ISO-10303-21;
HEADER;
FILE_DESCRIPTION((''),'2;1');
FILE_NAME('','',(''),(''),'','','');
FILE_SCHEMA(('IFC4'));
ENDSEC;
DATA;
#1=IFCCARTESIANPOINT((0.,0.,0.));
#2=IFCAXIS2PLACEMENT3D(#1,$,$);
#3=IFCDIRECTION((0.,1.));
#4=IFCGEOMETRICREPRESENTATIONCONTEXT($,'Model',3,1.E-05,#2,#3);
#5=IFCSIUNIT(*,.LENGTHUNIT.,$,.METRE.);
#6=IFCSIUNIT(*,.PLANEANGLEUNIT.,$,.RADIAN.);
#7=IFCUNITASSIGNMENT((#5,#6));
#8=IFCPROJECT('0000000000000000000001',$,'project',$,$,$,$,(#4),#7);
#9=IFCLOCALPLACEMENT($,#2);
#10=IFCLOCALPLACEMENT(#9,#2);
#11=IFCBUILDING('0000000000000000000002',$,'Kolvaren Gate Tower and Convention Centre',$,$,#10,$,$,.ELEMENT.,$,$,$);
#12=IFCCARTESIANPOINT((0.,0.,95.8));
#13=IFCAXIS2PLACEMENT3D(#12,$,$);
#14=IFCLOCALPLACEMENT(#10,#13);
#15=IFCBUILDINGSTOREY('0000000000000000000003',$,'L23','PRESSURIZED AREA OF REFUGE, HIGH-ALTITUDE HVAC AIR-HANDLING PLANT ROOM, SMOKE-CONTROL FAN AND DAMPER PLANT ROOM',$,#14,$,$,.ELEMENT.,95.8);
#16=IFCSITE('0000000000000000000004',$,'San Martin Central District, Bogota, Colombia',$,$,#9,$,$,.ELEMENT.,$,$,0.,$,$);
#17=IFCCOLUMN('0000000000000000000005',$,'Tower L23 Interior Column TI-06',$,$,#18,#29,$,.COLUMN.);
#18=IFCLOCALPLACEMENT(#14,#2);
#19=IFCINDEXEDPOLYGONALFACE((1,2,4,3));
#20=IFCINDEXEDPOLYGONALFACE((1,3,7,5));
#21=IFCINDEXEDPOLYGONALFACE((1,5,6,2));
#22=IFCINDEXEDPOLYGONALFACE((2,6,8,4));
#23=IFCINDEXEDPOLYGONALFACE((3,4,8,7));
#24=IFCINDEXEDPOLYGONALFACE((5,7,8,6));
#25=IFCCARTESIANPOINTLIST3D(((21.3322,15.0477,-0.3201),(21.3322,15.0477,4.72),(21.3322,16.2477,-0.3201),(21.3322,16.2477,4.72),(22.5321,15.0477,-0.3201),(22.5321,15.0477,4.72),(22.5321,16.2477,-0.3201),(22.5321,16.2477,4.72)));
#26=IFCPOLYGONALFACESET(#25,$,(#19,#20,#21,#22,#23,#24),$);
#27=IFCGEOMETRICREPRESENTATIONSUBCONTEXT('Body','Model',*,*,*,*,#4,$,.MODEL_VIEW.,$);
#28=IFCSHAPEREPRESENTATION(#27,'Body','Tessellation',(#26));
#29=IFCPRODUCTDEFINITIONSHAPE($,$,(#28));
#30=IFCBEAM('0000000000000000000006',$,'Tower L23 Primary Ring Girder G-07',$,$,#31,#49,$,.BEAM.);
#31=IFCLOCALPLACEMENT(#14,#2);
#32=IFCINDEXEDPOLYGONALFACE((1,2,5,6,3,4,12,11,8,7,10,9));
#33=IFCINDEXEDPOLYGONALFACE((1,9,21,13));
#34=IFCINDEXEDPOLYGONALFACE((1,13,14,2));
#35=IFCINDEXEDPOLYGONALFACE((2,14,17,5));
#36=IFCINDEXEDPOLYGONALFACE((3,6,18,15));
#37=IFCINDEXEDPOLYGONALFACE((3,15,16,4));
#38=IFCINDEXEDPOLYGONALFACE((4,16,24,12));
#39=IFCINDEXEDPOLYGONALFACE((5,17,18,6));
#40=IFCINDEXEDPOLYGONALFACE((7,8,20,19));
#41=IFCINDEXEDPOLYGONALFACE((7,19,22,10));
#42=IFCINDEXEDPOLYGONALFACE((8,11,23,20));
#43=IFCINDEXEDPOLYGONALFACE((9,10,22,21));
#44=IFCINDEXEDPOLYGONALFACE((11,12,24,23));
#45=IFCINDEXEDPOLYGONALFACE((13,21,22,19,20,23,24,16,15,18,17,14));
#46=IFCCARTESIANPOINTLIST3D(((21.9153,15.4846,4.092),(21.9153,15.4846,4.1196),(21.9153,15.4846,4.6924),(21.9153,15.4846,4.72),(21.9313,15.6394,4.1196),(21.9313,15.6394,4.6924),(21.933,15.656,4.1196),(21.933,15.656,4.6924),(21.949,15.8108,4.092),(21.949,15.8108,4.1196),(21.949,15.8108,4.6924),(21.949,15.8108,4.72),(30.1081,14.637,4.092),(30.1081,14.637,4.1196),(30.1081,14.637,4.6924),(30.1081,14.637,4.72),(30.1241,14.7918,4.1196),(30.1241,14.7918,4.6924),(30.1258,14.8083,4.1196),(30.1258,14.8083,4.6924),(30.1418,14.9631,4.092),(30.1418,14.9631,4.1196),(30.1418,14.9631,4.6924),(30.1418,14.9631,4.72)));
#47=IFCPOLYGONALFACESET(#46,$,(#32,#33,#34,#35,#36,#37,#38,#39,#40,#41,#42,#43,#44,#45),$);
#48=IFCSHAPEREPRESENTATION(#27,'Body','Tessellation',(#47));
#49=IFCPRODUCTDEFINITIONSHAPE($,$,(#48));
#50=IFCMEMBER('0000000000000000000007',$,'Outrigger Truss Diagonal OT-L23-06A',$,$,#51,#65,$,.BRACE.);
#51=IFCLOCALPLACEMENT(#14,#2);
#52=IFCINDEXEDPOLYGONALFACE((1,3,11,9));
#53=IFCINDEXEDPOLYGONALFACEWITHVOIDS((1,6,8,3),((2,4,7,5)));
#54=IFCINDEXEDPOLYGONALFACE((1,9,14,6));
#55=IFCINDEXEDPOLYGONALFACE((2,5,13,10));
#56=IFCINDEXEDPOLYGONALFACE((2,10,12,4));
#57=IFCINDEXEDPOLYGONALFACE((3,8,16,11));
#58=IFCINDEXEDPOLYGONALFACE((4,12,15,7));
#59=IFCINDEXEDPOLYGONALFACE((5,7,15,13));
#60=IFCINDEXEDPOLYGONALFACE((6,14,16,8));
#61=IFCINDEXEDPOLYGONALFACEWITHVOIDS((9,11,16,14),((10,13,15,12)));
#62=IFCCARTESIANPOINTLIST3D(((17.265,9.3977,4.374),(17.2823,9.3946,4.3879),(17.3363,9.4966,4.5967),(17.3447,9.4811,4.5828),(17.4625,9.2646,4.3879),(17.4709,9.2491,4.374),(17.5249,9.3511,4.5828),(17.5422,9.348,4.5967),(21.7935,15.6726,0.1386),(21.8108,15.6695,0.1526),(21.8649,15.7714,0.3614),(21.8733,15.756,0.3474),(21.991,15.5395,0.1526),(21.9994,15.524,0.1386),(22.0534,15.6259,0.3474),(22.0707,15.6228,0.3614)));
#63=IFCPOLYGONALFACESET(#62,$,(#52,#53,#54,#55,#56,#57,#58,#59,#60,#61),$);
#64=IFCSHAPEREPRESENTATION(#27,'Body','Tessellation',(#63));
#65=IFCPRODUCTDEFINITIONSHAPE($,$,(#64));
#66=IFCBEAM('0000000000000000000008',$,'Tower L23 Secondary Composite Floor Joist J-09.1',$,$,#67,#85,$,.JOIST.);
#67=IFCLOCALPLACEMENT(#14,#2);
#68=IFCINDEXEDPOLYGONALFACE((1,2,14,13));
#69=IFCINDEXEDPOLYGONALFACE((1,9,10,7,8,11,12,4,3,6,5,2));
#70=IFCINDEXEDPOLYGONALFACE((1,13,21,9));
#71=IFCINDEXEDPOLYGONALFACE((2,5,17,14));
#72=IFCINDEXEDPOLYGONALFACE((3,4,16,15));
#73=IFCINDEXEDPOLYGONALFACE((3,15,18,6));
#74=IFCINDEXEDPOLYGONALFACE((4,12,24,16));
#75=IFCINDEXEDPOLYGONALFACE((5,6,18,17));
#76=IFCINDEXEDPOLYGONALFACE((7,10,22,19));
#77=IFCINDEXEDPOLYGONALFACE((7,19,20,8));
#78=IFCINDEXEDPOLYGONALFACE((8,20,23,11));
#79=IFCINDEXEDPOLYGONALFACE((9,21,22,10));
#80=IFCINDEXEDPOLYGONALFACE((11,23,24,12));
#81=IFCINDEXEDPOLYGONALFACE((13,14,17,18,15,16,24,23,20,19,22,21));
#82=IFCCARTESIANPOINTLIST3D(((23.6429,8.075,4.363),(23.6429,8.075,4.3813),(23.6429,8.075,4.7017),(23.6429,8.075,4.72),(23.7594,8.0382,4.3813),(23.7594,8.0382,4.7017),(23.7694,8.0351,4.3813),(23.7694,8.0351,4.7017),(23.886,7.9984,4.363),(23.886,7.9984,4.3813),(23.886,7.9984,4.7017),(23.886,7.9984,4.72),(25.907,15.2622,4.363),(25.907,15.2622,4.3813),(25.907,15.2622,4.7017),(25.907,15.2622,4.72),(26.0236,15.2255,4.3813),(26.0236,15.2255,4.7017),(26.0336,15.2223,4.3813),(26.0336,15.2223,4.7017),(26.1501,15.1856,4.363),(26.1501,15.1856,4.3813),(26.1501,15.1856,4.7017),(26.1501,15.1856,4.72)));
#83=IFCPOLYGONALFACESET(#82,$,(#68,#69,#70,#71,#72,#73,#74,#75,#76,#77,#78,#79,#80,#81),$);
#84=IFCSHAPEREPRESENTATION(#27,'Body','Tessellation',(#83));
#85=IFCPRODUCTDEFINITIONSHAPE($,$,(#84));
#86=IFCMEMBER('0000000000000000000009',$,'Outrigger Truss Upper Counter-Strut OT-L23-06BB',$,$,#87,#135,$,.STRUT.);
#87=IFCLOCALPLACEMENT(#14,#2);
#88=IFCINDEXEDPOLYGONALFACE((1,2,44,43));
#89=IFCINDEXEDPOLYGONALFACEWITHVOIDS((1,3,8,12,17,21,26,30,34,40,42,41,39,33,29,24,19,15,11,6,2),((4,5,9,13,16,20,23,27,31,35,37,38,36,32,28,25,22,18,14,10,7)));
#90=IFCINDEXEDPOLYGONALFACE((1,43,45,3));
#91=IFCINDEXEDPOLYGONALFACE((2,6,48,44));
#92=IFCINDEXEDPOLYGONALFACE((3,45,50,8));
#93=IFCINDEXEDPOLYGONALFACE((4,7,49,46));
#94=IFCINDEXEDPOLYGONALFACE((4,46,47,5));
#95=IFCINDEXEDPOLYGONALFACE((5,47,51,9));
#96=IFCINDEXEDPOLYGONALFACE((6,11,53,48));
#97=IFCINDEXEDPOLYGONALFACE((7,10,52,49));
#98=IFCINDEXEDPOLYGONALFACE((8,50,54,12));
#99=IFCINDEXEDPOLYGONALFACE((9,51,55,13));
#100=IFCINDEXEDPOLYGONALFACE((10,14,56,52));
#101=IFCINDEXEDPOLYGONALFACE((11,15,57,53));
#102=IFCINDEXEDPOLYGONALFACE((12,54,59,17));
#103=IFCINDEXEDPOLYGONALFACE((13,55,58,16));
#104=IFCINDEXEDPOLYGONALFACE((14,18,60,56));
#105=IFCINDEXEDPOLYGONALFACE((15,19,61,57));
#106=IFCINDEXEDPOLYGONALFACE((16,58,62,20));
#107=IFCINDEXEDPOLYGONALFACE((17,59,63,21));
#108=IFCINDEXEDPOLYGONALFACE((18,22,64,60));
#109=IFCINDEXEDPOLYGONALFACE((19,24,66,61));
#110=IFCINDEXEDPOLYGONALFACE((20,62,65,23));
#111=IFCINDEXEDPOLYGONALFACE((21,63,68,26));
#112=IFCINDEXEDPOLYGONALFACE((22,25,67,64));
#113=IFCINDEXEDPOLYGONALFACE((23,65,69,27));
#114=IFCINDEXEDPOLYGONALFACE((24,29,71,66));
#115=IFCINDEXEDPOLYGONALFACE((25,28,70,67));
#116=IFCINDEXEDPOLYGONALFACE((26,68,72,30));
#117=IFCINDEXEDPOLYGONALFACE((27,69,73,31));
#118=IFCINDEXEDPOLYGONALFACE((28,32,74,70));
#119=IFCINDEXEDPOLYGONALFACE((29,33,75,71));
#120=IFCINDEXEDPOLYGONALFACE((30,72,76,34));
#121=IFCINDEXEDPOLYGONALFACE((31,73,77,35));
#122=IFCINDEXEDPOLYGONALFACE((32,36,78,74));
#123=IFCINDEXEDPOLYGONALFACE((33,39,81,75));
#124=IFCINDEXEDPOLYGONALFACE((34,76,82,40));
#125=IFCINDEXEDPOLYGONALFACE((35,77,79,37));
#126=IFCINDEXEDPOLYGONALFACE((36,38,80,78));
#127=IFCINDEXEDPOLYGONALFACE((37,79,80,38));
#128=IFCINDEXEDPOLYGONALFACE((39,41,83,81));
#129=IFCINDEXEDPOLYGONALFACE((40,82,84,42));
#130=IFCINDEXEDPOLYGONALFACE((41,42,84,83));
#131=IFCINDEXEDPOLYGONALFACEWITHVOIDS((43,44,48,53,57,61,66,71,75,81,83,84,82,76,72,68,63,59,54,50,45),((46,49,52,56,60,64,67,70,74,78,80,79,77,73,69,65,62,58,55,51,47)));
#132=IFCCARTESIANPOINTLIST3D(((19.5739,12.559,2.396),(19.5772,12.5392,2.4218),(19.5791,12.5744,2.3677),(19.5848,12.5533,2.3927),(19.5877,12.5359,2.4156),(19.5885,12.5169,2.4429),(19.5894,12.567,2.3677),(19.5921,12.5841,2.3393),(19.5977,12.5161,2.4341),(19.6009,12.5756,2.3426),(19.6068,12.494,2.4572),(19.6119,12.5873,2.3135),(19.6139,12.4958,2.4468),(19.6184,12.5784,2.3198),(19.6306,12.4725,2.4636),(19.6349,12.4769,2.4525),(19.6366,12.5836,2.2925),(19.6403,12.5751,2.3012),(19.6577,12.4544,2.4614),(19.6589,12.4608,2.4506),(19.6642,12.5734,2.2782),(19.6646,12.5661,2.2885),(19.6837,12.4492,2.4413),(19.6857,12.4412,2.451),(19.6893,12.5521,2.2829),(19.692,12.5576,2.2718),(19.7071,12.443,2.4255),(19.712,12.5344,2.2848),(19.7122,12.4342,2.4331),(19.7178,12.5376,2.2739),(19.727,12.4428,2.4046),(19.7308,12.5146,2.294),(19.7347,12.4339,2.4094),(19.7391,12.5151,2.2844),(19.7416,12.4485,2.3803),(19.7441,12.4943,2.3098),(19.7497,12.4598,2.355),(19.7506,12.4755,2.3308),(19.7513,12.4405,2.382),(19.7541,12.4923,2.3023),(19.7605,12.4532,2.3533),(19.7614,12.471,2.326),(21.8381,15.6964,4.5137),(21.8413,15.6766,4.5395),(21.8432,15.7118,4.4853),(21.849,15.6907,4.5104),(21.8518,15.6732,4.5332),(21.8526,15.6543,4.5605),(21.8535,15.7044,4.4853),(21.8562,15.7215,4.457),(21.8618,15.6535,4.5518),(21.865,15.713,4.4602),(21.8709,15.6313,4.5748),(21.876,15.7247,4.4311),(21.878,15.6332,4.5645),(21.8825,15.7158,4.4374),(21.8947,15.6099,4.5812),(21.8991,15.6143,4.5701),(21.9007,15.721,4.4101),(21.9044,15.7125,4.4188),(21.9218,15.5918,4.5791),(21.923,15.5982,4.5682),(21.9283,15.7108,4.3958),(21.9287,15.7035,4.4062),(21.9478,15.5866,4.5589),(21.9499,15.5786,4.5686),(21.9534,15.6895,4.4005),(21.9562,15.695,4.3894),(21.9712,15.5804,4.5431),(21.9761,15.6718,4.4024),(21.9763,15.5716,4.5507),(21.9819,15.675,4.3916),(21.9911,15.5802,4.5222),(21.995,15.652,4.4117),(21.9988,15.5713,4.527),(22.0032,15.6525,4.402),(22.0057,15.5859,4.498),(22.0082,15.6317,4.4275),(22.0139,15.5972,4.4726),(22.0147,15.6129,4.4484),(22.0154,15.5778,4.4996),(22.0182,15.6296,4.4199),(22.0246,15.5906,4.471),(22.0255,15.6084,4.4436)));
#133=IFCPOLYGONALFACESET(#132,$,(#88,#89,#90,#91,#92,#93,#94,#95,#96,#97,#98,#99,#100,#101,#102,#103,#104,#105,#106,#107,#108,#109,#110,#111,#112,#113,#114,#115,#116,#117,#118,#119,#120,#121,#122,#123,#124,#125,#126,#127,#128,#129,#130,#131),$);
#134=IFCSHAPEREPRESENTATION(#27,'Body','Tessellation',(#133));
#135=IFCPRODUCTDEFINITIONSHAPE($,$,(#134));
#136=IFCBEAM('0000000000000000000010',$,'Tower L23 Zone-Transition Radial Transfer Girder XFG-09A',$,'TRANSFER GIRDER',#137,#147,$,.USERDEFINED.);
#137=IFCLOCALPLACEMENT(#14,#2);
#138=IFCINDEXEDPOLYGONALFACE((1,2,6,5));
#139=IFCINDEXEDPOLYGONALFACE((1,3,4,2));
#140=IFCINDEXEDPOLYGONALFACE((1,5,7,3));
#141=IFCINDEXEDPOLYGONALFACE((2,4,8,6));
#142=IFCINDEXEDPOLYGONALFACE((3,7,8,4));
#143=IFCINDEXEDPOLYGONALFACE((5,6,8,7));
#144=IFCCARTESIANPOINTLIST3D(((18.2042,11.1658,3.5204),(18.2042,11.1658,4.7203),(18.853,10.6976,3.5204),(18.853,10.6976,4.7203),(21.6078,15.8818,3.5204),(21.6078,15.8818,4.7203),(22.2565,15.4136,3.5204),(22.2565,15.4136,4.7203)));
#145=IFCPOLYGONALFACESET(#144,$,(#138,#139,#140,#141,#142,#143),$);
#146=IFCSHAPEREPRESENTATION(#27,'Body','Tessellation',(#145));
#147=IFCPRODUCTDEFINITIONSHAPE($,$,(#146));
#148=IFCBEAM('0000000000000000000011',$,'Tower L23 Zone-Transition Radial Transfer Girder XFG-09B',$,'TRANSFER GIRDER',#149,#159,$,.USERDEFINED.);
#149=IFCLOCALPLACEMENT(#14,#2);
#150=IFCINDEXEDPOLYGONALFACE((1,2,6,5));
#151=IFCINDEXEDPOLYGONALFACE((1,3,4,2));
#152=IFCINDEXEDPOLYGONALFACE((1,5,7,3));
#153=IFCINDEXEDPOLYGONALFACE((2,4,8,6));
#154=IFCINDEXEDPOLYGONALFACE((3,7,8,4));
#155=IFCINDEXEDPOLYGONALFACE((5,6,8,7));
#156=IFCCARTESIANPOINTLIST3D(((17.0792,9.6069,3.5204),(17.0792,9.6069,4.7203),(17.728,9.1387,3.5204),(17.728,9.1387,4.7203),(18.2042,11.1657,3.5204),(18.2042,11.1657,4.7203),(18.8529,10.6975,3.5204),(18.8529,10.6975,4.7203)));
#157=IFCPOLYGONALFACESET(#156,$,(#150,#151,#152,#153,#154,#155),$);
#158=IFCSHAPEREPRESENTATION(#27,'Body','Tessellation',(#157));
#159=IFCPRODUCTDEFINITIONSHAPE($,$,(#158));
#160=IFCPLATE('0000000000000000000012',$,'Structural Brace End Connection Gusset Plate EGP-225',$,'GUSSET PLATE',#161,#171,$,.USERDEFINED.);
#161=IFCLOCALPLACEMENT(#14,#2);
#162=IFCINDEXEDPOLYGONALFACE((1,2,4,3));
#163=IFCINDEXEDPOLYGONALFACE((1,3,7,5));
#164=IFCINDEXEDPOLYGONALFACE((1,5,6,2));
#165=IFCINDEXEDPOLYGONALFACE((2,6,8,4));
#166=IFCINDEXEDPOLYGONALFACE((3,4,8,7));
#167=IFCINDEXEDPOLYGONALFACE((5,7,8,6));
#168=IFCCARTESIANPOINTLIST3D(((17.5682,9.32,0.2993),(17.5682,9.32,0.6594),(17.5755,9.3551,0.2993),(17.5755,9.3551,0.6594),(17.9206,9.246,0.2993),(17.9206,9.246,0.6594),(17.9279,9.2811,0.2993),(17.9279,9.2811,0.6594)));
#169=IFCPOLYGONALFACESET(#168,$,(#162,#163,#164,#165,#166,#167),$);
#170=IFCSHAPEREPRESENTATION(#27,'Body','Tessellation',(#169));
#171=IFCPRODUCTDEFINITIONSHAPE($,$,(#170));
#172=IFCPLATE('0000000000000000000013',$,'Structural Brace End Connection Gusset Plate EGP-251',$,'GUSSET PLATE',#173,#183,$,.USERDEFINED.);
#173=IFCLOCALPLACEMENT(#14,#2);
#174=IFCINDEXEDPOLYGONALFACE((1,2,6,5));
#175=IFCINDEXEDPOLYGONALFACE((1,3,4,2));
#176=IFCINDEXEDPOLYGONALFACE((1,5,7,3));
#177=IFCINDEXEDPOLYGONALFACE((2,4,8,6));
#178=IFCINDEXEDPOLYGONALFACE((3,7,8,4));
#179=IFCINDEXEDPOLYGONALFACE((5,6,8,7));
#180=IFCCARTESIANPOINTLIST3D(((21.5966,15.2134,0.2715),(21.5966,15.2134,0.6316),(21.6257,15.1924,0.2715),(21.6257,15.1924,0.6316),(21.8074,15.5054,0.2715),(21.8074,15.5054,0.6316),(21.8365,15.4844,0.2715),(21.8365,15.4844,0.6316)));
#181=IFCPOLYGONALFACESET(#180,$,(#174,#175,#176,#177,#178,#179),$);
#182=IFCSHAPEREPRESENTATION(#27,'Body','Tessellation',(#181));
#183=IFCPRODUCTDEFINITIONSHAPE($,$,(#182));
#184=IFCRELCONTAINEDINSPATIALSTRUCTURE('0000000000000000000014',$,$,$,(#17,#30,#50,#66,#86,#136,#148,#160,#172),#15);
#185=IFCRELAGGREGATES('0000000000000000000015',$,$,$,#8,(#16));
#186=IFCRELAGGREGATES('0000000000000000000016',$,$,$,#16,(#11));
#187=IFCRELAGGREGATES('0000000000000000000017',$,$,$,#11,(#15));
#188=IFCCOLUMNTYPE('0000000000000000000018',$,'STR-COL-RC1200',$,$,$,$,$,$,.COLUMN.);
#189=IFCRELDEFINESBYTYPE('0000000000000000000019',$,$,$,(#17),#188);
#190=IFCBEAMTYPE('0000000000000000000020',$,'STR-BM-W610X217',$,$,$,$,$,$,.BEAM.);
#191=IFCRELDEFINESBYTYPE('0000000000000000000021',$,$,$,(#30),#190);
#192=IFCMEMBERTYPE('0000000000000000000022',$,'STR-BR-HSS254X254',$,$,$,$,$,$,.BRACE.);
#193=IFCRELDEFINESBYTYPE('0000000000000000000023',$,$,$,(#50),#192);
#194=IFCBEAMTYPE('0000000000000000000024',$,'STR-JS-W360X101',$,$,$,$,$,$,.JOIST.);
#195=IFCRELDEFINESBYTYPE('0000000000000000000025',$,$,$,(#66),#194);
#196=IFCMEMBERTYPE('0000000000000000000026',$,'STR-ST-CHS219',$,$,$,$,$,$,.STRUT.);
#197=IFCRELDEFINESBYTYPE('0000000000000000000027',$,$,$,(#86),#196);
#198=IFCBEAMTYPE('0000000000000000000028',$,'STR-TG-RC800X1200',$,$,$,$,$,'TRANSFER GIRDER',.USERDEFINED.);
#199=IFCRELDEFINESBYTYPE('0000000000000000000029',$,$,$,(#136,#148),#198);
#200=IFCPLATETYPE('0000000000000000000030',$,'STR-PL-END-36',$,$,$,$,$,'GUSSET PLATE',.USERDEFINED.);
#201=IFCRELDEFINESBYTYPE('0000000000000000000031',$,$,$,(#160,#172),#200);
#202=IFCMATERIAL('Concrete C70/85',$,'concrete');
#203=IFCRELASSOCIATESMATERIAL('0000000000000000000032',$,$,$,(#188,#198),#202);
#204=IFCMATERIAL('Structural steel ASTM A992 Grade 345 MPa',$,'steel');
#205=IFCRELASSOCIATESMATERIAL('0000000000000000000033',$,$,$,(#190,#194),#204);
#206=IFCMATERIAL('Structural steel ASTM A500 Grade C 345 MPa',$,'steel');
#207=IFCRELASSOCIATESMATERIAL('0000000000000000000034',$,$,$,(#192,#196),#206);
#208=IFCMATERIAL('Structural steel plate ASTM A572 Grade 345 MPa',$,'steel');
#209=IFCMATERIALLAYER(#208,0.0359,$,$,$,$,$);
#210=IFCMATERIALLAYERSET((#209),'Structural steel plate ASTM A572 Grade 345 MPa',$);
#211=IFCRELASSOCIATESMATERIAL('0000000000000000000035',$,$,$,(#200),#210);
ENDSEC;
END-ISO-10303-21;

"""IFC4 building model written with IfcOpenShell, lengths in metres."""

from ifc_helpers import new_model, si_unit, direction, frame, origin, origin_2d, place, context, subcontext, project, spatial, rectangle, hollow_rectangle, hollow_circle, i_section, extrude, material, layer, layer_set, material_profile, profile_set, type_object, element, save


model = new_model("IFC4")

# Units and contexts
model_context = context("Model", 3, precision=1e-05, world=origin(), true_north=direction((0.0, 1.0)))
body_context = subcontext(model_context, "Body", "Model", "MODEL_VIEW")
ifc_project = project(units=[si_unit("LENGTHUNIT", "METRE"), si_unit("PLANEANGLEUNIT", "RADIAN")], contexts=[model_context])

# Site, building, storey
site_placement = place(None, origin())
site = spatial("IfcSite", under=ifc_project, at=site_placement, Name="San Martin Central District, Bogota, Colombia", CompositionType="ELEMENT", RefElevation=0.0)
building_placement = place(site_placement, origin())
building = spatial("IfcBuilding", under=site, at=building_placement, Name="Kolvaren Gate Tower and Convention Centre", CompositionType="ELEMENT")
storey_placement = place(building_placement, frame((0.0, 0.0, 95.8)))
storey = spatial("IfcBuildingStorey", under=building, at=storey_placement, Name="L23", Description="PRESSURIZED AREA OF REFUGE, HIGH-ALTITUDE HVAC AIR-HANDLING PLANT ROOM, SMOKE-CONTROL FAN AND DAMPER PLANT ROOM", CompositionType="ELEMENT", Elevation=95.8)

# Column
ifc_material_1 = material(Name="Concrete C70/85", Category="concrete")
ifc_material_profile_1 = material_profile(ifc_material_1, rectangle(XDim=1.2, YDim=1.2, at=origin_2d()), Name="RC-COL-1200X1200")
ifc_profile_set_1 = profile_set([ifc_material_profile_1], Name="Concrete C70/85")
column_type = type_object("IfcColumnType", Name="STR-COL-RC1200", PredefinedType="COLUMN", material=ifc_profile_set_1)
column_placement = place(storey_placement, frame((21.9321, 15.6477, -0.3201), z_axis=(0.0, 0.0, 1.0), x_axis=(1.0, 0.0, 0.0)))
element("IfcColumn", 1, at=column_placement, inside=storey, type_object=column_type, Name="Tower L23 Interior Column TI-06", PredefinedType="COLUMN", context=body_context, shape_type="SweptSolid", body=[
    extrude(rectangle(XDim=1.2, YDim=1.2, at=origin_2d()), origin(), (0.0, 0.0, 1.0), 5.04),
])

# Beam
ifc_material_2 = material(Name="Structural steel ASTM A992 Grade 345 MPa", Category="steel")
ifc_material_profile_2 = material_profile(ifc_material_2, i_section(OverallWidth=0.3279, OverallDepth=0.6279, WebThickness=0.0166, FlangeThickness=0.0276, at=origin_2d()), Name="W610X217")
ifc_profile_set_2 = profile_set([ifc_material_profile_2], Name="Structural steel ASTM A992 Grade 345 MPa")
beam_type_1 = type_object("IfcBeamType", Name="STR-BM-W610X217", PredefinedType="BEAM", material=ifc_profile_set_2)
beam_1_placement = place(storey_placement, frame((21.9321, 15.6477, 4.406), z_axis=(0.99469, -0.102913, 0.0), x_axis=(0.102913, 0.99469, 0.0)))
element("IfcBeam", 2, at=beam_1_placement, inside=storey, type_object=beam_type_1, Name="Tower L23 Primary Ring Girder G-07", PredefinedType="BEAM", context=body_context, shape_type="SweptSolid", body=[
    extrude(i_section(OverallWidth=0.3279, OverallDepth=0.6279, WebThickness=0.0166, FlangeThickness=0.0276, at=origin_2d()), origin(), (0.0, 0.0, 1.0), 8.2366),
])

# Member
ifc_material_3 = material(Name="Structural steel ASTM A500 Grade C 345 MPa", Category="steel")
ifc_material_profile_3 = material_profile(ifc_material_3, hollow_rectangle(XDim=0.2539, YDim=0.2539, WallThickness=0.0159, at=origin_2d()), Name="HSS254X254X15.9")
ifc_profile_set_3 = profile_set([ifc_material_profile_3], Name="Structural steel ASTM A500 Grade C 345 MPa")
member_type_1 = type_object("IfcMemberType", Name="STR-BR-HSS254X254", PredefinedType="BRACE", material=ifc_profile_set_3)
member_1_placement = place(storey_placement, frame((21.9321, 15.6477, 0.25), z_axis=(-0.51335, -0.711312, 0.480112), x_axis=(0.810882, -0.585209, 0.0)))
element("IfcMember", 3, at=member_1_placement, inside=storey, type_object=member_type_1, Name="Outrigger Truss Diagonal OT-L23-06A", PredefinedType="BRACE", context=body_context, shape_type="SweptSolid", body=[
    extrude(hollow_rectangle(XDim=0.2539, YDim=0.2539, WallThickness=0.0159, at=origin_2d()), origin(), (0.0, 0.0, 1.0), 8.8215),
])

# Beam
ifc_material_profile_4 = material_profile(ifc_material_2, i_section(OverallWidth=0.2549, OverallDepth=0.3569, WebThickness=0.0105, FlangeThickness=0.0183, at=origin_2d()), Name="W360X101")
ifc_profile_set_4 = profile_set([ifc_material_profile_4], Name="Structural steel ASTM A992 Grade 345 MPa")
beam_type_2 = type_object("IfcBeamType", Name="STR-JS-W360X101", PredefinedType="JOIST", material=ifc_profile_set_4)
beam_2_placement = place(storey_placement, frame((26.0286, 15.2239, 4.5415), z_axis=(-0.300468, -0.953792, 0.0), x_axis=(0.953792, -0.300468, 0.0)))
element("IfcBeam", 4, at=beam_2_placement, inside=storey, type_object=beam_type_2, Name="Tower L23 Secondary Composite Floor Joist J-09.1", PredefinedType="JOIST", context=body_context, shape_type="SweptSolid", body=[
    extrude(i_section(OverallWidth=0.2549, OverallDepth=0.3569, WebThickness=0.0105, FlangeThickness=0.0183, at=origin_2d()), origin(), (0.0, 0.0, 1.0), 7.5354),
])

# Member
ifc_material_profile_5 = material_profile(ifc_material_3, hollow_circle(Radius=0.1096, WallThickness=0.0127, at=origin_2d()), Name="CHS219X12.7")
ifc_profile_set_5 = profile_set([ifc_material_profile_5], Name="Structural steel ASTM A500 Grade C 345 MPa")
member_type_2 = type_object("IfcMemberType", Name="STR-ST-CHS219", PredefinedType="STRUT", material=ifc_profile_set_5)
member_2_placement = place(storey_placement, frame((19.668, 12.5103, 2.3677), z_axis=(0.51333, 0.711322, 0.480119), x_axis=(-0.810897, 0.585189, 0.0)))
element("IfcMember", 5, at=member_2_placement, inside=storey, type_object=member_type_2, Name="Outrigger Truss Upper Counter-Strut OT-L23-06BB", PredefinedType="STRUT", context=body_context, shape_type="SweptSolid", body=[
    extrude(hollow_circle(Radius=0.1096, WallThickness=0.0127, at=origin_2d()), origin(), (0.0, 0.0, 1.0), 4.4106),
])

# Beams
ifc_material_profile_6 = material_profile(ifc_material_1, rectangle(XDim=0.8, YDim=1.2, at=origin_2d()), Name="RC-BM-800X1200")
ifc_profile_set_6 = profile_set([ifc_material_profile_6], Name="Concrete C70/85")
beam_type_3 = type_object("IfcBeamType", Name="STR-TG-RC800X1200", ElementType="TRANSFER GIRDER", PredefinedType="USERDEFINED", material=ifc_profile_set_6)
beam_3_placement = place(storey_placement, frame((21.9321, 15.6477, 4.1204), z_axis=(-0.58521, -0.810882, 0.0), x_axis=(0.810882, -0.58521, 0.0)))
element("IfcBeam", 6, at=beam_3_placement, inside=storey, type_object=beam_type_3, Name="Tower L23 Zone-Transition Radial Transfer Girder XFG-09A", ObjectType="TRANSFER GIRDER", PredefinedType="USERDEFINED", context=body_context, shape_type="SweptSolid", body=[
    extrude(rectangle(XDim=0.8, YDim=1.2, at=origin_2d()), origin(), (0.0, 0.0, 1.0), 5.8159),
])
beam_4_placement = place(storey_placement, frame((18.5286, 10.9316, 4.1204), z_axis=(-0.585208, -0.810883, 0.0), x_axis=(0.810883, -0.585208, 0.0)))
element("IfcBeam", 7, at=beam_4_placement, inside=storey, type_object=beam_type_3, Name="Tower L23 Zone-Transition Radial Transfer Girder XFG-09B", ObjectType="TRANSFER GIRDER", PredefinedType="USERDEFINED", context=body_context, shape_type="SweptSolid", body=[
    extrude(rectangle(XDim=0.8, YDim=1.2, at=origin_2d()), origin(), (0.0, 0.0, 1.0), 1.9224),
])

# Plates
ifc_material_4 = material(Name="Structural steel plate ASTM A572 Grade 345 MPa", Category="steel")
ifc_layer_1 = layer(ifc_material_4, 0.0359)
ifc_layer_set_1 = layer_set([ifc_layer_1], Name="Structural steel plate ASTM A572 Grade 345 MPa")
plate_type_1 = type_object("IfcPlateType", Name="STR-PL-END-36", ElementType="GUSSET PLATE", PredefinedType="USERDEFINED", material=ifc_layer_set_1)
for number, where, z_axis, x_axis, name in (
    (8, (17.748, 9.3005, 0.2993), (0.0, 0.0, 1.0), (0.978633, -0.205613, 0.0), "Structural Brace End Connection Gusset Plate EGP-225"),
    (9, (21.7166, 15.3489, 0.2715), (0.0, 0.0, 1.0), (-0.585217, -0.810877, 0.0), "Structural Brace End Connection Gusset Plate EGP-251"),
):
    element("IfcPlate", number, at=place(storey_placement, frame(where, z_axis=z_axis, x_axis=x_axis)), inside=storey, type_object=plate_type_1, Name=name, ObjectType="GUSSET PLATE", PredefinedType="USERDEFINED", context=body_context, shape_type="SweptSolid", body=[
        extrude(rectangle(XDim=0.3601, YDim=0.0359, at=origin_2d()), origin(), (0.0, 0.0, 1.0), 0.3601),
    ])

save(model, "model.ifc")
